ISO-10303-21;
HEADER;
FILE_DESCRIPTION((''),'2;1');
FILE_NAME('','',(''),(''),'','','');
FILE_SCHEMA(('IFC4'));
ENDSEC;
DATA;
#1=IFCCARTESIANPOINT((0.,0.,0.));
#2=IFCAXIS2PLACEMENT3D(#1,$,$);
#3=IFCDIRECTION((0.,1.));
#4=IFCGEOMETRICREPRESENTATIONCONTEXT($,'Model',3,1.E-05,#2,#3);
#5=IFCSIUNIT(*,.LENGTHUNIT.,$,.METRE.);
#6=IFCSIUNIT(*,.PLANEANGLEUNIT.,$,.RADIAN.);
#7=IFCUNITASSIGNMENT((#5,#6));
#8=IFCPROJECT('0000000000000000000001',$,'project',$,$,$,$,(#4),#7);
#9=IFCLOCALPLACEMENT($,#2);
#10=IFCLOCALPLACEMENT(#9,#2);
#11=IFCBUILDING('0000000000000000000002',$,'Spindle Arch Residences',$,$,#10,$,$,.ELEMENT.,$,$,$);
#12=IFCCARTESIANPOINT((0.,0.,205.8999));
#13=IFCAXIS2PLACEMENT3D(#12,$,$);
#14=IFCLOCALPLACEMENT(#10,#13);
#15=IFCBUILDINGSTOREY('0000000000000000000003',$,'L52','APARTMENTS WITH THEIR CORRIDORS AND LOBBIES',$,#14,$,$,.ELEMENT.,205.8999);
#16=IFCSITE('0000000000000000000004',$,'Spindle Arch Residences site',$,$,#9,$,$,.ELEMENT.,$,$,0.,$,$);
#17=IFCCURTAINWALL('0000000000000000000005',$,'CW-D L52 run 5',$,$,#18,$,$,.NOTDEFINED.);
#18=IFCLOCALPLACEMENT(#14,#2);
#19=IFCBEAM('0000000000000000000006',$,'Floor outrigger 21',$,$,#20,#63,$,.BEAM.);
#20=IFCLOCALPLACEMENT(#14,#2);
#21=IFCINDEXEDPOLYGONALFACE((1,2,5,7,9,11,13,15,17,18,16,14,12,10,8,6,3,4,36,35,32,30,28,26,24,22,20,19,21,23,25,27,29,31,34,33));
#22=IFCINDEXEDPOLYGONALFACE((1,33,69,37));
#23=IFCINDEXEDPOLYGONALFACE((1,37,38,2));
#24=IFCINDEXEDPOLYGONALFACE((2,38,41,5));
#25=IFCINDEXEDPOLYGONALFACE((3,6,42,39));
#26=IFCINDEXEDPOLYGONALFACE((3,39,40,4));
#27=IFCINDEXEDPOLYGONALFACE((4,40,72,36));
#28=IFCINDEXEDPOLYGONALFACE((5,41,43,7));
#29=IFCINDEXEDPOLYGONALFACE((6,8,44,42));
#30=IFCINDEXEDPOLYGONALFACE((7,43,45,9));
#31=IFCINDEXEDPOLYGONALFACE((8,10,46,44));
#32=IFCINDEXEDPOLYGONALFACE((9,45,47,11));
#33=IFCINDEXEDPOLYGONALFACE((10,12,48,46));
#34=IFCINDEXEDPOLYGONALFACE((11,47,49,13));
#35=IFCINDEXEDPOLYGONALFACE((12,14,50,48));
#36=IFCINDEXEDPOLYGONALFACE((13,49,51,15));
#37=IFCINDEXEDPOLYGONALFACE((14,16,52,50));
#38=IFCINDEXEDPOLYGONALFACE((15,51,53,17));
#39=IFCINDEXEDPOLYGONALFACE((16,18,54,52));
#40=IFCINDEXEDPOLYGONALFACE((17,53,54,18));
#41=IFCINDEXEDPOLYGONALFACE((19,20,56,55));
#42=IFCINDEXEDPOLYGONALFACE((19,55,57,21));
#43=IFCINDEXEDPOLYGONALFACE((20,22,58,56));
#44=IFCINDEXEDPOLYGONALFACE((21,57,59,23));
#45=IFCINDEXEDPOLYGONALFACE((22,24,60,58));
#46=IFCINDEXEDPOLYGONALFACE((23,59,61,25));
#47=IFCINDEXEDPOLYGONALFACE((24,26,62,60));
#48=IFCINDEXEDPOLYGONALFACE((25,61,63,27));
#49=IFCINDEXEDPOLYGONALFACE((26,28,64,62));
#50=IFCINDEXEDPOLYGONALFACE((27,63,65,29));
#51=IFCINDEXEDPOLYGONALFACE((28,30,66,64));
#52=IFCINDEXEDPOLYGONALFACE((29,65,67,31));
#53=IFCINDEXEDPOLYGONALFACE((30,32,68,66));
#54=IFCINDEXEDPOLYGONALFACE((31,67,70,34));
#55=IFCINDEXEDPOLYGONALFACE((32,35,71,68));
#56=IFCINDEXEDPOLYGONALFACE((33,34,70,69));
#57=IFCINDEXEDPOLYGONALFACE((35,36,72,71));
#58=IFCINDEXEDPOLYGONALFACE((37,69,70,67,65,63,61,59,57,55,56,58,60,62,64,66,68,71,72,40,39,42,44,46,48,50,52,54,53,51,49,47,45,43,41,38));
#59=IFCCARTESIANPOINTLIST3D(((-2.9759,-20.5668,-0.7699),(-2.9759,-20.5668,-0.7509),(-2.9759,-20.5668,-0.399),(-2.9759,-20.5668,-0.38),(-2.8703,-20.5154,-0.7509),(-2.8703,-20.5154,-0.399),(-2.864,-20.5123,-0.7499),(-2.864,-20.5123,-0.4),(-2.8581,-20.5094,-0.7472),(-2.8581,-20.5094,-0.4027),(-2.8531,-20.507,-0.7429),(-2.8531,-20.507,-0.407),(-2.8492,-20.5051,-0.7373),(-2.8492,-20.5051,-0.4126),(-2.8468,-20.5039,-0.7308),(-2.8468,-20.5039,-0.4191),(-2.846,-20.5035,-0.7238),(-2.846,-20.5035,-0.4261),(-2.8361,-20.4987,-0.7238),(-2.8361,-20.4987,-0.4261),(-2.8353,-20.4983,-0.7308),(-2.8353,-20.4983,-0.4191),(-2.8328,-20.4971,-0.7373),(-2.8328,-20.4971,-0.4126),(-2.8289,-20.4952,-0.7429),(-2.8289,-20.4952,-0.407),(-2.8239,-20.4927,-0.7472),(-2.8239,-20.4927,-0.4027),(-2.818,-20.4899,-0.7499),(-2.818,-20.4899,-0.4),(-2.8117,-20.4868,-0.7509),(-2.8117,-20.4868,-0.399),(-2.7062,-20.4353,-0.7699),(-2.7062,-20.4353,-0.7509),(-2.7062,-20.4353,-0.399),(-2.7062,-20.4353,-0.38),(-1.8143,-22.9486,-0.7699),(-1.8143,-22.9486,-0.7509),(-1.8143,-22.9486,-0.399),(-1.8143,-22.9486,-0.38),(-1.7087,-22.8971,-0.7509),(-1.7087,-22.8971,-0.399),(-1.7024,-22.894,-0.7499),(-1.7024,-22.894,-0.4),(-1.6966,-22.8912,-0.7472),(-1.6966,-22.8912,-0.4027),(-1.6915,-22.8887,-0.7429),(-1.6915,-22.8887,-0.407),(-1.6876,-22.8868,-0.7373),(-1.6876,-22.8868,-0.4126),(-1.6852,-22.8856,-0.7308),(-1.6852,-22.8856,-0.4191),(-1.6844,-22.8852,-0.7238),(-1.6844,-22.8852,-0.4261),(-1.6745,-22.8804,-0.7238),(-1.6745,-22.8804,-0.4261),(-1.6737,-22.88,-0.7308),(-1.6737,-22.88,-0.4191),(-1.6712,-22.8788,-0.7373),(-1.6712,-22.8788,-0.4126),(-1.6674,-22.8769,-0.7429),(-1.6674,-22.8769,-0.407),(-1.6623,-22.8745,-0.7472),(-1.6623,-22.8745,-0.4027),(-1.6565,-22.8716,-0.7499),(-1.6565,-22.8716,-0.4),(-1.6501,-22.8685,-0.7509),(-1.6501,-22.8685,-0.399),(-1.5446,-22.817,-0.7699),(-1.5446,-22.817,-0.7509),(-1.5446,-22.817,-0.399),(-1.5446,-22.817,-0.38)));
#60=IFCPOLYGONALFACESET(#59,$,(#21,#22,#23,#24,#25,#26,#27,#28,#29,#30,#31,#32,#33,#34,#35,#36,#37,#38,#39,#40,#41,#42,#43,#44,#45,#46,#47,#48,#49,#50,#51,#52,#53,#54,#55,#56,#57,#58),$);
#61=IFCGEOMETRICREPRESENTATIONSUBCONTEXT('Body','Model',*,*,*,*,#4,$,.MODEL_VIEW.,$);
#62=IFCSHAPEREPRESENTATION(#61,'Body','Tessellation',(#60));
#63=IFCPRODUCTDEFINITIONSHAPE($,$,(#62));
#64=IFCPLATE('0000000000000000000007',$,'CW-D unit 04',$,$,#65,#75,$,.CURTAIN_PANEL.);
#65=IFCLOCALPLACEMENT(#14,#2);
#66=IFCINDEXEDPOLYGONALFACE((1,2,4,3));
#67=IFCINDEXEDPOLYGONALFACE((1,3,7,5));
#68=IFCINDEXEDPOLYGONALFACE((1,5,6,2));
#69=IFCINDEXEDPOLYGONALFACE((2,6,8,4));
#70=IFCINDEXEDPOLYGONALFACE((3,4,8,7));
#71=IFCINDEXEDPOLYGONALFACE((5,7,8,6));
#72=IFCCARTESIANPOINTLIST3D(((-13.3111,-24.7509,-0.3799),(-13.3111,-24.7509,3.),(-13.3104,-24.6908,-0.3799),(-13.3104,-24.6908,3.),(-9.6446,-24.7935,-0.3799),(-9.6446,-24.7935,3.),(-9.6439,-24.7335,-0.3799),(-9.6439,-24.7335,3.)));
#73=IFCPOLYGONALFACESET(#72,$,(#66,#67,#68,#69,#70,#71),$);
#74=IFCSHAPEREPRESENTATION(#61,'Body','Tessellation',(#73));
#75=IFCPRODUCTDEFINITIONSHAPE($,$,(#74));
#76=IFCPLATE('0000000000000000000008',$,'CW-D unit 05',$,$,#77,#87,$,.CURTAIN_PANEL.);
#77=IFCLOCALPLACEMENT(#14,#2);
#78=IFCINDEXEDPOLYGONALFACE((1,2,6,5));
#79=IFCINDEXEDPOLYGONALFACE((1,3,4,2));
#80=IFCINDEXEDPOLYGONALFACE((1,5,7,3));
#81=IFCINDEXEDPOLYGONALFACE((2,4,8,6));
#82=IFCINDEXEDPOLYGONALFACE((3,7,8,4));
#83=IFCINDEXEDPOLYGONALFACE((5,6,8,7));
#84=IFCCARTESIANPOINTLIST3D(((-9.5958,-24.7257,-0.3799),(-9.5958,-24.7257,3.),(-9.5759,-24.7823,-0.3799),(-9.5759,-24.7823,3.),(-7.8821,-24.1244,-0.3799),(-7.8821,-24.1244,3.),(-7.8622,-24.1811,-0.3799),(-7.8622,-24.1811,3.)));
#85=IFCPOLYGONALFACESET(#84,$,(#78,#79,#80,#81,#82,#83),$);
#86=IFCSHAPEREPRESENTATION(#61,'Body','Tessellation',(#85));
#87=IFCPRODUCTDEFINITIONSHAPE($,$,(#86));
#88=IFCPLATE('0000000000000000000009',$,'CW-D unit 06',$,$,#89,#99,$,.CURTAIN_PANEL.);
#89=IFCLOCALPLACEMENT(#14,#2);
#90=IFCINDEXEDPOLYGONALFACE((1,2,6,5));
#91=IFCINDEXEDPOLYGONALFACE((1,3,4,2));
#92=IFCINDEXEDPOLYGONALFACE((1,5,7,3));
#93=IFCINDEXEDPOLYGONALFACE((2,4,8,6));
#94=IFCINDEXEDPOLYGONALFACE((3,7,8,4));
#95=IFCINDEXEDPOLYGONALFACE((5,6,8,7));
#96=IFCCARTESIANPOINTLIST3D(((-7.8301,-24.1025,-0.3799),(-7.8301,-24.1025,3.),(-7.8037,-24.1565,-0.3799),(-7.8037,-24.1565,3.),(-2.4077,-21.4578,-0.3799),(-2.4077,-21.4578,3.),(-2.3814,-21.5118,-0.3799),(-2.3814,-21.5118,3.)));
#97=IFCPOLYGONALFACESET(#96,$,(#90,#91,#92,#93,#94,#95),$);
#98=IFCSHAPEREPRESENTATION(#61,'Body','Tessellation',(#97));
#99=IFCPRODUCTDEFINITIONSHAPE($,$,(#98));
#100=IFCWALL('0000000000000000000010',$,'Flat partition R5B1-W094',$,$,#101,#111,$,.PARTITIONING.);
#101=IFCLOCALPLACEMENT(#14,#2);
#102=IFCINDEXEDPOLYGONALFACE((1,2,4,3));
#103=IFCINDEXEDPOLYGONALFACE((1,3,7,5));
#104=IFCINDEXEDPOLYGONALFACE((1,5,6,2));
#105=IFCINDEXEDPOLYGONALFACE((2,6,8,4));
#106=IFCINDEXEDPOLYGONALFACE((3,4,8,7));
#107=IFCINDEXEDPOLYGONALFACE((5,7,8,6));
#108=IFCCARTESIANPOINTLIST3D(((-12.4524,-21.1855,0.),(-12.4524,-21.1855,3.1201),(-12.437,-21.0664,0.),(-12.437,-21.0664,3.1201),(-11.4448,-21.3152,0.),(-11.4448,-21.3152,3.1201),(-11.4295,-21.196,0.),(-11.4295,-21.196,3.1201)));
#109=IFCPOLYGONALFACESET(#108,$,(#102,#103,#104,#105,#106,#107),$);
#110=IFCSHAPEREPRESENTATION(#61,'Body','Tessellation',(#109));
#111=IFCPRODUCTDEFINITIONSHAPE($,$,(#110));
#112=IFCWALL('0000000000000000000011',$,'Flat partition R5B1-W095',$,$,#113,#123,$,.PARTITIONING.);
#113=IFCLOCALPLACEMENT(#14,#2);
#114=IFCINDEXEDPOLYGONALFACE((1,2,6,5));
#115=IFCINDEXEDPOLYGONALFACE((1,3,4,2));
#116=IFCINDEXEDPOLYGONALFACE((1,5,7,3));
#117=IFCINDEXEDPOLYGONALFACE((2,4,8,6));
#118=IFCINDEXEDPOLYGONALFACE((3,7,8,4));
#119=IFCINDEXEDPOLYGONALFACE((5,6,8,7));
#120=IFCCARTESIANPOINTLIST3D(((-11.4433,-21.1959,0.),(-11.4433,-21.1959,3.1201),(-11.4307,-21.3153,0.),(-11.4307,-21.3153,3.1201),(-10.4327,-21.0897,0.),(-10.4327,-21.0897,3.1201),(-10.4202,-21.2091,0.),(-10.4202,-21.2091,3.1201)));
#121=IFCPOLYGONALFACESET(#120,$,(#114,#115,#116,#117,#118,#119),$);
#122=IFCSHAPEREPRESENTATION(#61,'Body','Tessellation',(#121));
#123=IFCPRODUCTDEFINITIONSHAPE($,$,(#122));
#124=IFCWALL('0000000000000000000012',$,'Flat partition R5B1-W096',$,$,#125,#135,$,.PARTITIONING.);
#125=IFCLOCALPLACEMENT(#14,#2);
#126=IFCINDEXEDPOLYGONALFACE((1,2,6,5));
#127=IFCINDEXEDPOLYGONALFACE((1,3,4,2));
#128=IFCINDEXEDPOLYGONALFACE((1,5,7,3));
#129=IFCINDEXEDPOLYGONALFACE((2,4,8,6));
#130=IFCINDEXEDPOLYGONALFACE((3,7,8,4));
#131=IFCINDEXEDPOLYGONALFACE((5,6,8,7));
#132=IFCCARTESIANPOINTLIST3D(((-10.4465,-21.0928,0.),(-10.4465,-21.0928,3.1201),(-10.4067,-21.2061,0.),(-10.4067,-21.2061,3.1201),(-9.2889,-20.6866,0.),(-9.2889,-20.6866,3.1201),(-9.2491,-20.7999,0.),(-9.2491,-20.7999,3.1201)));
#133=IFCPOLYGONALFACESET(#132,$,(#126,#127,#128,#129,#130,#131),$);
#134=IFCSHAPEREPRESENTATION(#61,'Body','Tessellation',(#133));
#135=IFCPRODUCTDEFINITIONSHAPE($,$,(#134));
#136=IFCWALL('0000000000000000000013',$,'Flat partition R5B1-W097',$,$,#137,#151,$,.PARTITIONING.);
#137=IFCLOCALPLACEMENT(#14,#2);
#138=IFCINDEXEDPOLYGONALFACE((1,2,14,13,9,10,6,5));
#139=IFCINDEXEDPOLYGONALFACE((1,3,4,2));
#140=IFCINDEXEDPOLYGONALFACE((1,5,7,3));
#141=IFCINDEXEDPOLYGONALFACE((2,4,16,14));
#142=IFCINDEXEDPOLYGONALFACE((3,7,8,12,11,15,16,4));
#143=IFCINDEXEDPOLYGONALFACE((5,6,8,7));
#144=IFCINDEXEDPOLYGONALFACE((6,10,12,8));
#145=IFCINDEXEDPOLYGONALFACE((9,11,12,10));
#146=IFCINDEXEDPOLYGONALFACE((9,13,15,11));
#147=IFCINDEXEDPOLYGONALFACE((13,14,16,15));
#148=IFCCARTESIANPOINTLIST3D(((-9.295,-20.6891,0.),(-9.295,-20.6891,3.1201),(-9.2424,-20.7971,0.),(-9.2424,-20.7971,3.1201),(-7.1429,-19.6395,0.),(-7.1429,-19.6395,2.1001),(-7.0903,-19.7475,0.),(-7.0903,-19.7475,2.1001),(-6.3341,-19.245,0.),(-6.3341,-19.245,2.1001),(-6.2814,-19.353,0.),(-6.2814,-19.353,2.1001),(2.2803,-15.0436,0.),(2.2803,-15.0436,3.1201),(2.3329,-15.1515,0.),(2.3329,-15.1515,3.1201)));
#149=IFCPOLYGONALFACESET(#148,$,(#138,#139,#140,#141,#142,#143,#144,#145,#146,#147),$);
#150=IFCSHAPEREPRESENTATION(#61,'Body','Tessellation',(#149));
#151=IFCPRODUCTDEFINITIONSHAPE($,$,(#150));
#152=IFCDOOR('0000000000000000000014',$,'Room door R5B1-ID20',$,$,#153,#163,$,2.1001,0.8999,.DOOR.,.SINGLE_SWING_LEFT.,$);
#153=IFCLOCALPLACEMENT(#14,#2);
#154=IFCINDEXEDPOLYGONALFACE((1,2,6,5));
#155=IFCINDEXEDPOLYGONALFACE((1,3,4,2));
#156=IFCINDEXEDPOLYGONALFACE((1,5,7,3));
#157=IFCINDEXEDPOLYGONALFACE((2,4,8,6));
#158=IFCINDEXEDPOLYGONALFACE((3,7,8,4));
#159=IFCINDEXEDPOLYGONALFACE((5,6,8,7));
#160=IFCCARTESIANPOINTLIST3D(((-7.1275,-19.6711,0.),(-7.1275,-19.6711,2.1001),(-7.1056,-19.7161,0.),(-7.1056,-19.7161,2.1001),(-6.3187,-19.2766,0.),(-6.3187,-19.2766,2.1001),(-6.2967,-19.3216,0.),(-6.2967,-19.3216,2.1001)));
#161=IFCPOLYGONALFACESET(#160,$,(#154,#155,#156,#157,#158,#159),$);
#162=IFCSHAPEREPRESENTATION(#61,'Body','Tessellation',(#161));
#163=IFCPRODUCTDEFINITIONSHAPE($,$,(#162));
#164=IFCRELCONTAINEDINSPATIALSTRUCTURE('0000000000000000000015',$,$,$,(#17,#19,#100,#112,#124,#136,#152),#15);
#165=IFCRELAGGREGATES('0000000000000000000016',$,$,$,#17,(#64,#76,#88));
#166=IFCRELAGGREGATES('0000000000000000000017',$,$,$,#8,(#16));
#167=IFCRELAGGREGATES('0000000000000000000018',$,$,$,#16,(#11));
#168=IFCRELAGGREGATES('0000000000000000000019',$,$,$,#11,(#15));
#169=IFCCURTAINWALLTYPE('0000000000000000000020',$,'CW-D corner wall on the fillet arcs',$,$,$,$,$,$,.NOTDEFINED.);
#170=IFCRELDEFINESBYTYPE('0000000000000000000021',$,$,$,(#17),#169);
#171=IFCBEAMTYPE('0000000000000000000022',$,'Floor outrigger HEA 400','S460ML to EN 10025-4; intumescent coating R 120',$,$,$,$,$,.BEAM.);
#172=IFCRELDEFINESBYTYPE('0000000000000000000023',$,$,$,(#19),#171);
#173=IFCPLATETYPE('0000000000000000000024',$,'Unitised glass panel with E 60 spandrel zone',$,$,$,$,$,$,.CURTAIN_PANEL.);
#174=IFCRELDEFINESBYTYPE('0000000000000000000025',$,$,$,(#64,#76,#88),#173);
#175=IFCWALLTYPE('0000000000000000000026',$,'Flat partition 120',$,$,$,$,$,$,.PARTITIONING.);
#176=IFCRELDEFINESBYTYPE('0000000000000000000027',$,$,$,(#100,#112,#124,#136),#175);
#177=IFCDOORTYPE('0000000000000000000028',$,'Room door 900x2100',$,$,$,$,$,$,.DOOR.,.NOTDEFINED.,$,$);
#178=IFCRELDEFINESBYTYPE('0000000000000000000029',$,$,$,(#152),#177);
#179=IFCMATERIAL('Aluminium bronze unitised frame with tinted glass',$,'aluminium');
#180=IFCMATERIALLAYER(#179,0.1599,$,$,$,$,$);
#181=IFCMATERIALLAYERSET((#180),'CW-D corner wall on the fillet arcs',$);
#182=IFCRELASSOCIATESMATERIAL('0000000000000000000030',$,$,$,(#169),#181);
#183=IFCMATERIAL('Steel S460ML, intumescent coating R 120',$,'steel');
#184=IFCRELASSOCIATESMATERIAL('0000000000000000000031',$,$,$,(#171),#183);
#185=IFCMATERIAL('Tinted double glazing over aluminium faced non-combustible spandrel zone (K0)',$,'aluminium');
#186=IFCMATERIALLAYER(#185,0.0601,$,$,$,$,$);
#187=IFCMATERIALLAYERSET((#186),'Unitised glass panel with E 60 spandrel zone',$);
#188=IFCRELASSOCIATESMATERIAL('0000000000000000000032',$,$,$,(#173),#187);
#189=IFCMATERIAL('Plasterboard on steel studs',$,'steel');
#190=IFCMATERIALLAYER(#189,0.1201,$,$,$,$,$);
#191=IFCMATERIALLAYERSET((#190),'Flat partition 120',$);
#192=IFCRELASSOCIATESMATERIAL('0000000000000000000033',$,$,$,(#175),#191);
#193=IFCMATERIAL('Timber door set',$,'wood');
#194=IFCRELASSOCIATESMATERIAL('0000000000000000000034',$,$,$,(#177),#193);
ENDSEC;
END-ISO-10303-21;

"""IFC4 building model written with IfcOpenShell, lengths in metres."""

from ifc_helpers import new_model, si_unit, direction, frame, frame_2d, origin, origin_2d, place, context, subcontext, project, spatial, rectangle, i_section, extrude, material, layer, layer_set, material_profile, profile_set, type_object, element, fill, aggregate, save


model = new_model("IFC4")

# Units and contexts
model_context = context("Model", 3, precision=1e-05, world=origin(), true_north=direction((0.0, 1.0)))
body_context = subcontext(model_context, "Body", "Model", "MODEL_VIEW")
ifc_project = project(units=[si_unit("LENGTHUNIT", "METRE"), si_unit("PLANEANGLEUNIT", "RADIAN")], contexts=[model_context])

# Site, building, storey
site_placement = place(None, origin())
site = spatial("IfcSite", under=ifc_project, at=site_placement, Name="Spindle Arch Residences site", CompositionType="ELEMENT", RefElevation=0.0)
building_placement = place(site_placement, origin())
building = spatial("IfcBuilding", under=site, at=building_placement, Name="Spindle Arch Residences", CompositionType="ELEMENT")
storey_placement = place(building_placement, frame((0.0, 0.0, 205.8999)))
storey = spatial("IfcBuildingStorey", under=building, at=storey_placement, Name="L52", Description="APARTMENTS WITH THEIR CORRIDORS AND LOBBIES", CompositionType="ELEMENT", Elevation=205.8999)

# Curtain wall
ifc_material_1 = material(Name="Aluminium bronze unitised frame with tinted glass", Category="aluminium")
ifc_layer_1 = layer(ifc_material_1, 0.1599)
ifc_layer_set_1 = layer_set([ifc_layer_1], Name="CW-D corner wall on the fillet arcs")
curtain_wall_type_1 = type_object("IfcCurtainWallType", Name="CW-D corner wall on the fillet arcs", PredefinedType="NOTDEFINED", material=ifc_layer_set_1)
curtain_wall_1_placement = place(storey_placement, origin())
curtain_wall_1 = element("IfcCurtainWall", 1, at=curtain_wall_1_placement, inside=storey, type_object=curtain_wall_type_1, Name="CW-D L52 run 5", PredefinedType="NOTDEFINED")

# Beam
ifc_material_2 = material(Name="Steel S460ML, intumescent coating R 120", Category="steel")
ifc_material_profile_1 = material_profile(ifc_material_2, i_section(OverallWidth=0.3, OverallDepth=0.3899, WebThickness=0.011, FlangeThickness=0.019, FilletRadius=0.0271, at=origin_2d()), Name="HEA 400")
ifc_profile_set_1 = profile_set([ifc_material_profile_1], Name="Steel S460ML, intumescent coating R 120")
beam_type_1 = type_object("IfcBeamType", Name="Floor outrigger HEA 400", Description="S460ML to EN 10025-4; intumescent coating R 120", PredefinedType="BEAM", material=ifc_profile_set_1)
beam_1_placement = place(storey_placement, frame((-1.6794, -22.8828, -0.575), z_axis=(-0.438347, 0.898806, 0.0), x_axis=(-0.898806, -0.438347, 0.0)))
element("IfcBeam", 2, at=beam_1_placement, inside=storey, type_object=beam_type_1, Name="Floor outrigger 21", PredefinedType="BEAM", context=body_context, shape_type="SweptSolid", body=[
    extrude(i_section(OverallWidth=0.3, OverallDepth=0.3899, WebThickness=0.011, FlangeThickness=0.019, FilletRadius=0.0271, at=origin_2d()), origin(), (0.0, 0.0, 1.0), 2.6499),
])

# Plates
ifc_material_3 = material(Name="Tinted double glazing over aluminium faced non-combustible spandrel zone (K0)", Category="aluminium")
ifc_layer_2 = layer(ifc_material_3, 0.0601)
ifc_layer_set_2 = layer_set([ifc_layer_2], Name="Unitised glass panel with E 60 spandrel zone")
plate_type = type_object("IfcPlateType", Name="Unitised glass panel with E 60 spandrel zone", PredefinedType="CURTAIN_PANEL", material=ifc_layer_set_2)
plate_1_placement = place(storey_placement, frame((-11.4775, -24.7422, -0.3799), z_axis=(0.0, 0.0, 1.0), x_axis=(0.999932, -0.011635, 0.0)))
plate_1 = element("IfcPlate", 3, at=plate_1_placement, type_object=plate_type, Name="CW-D unit 04", PredefinedType="CURTAIN_PANEL", context=body_context, shape_type="SweptSolid", body=[
    extrude(rectangle(XDim=3.6667, YDim=0.0601, at=origin_2d()), origin(), (0.0, 0.0, 1.0), 3.3799),
])
plate_2_placement = place(storey_placement, frame((-8.729, -24.4534, -0.3799), z_axis=(0.0, 0.0, 1.0), x_axis=(0.943609, 0.331063, 0.0)))
plate_2 = element("IfcPlate", 4, at=plate_2_placement, type_object=plate_type, Name="CW-D unit 05", PredefinedType="CURTAIN_PANEL", context=body_context, shape_type="SweptSolid", body=[
    extrude(rectangle(XDim=1.8162, YDim=0.0601, at=origin_2d()), origin(), (0.0, 0.0, 1.0), 3.3799),
])
plate_3_placement = place(storey_placement, frame((-5.1057, -22.8071, -0.3799), z_axis=(0.0, 0.0, 1.0), x_axis=(0.898794, 0.438371, 0.0)))
plate_3 = element("IfcPlate", 5, at=plate_3_placement, type_object=plate_type, Name="CW-D unit 06", PredefinedType="CURTAIN_PANEL", context=body_context, shape_type="SweptSolid", body=[
    extrude(rectangle(XDim=6.033, YDim=0.0601, at=origin_2d()), origin(), (0.0, 0.0, 1.0), 3.3799),
])
aggregate(curtain_wall_1, [plate_1, plate_2, plate_3])

# Walls
ifc_material_4 = material(Name="Plasterboard on steel studs", Category="steel")
ifc_layer_3 = layer(ifc_material_4, 0.1201)
ifc_layer_set_3 = layer_set([ifc_layer_3], Name="Flat partition 120")
wall_type = type_object("IfcWallType", Name="Flat partition 120", PredefinedType="PARTITIONING", material=ifc_layer_set_3)
wall_1_placement = place(storey_placement, frame((-12.4446, -21.126, 0.0), z_axis=(0.0, 0.0, 1.0), x_axis=(0.991824, -0.127613, 0.0)))
element("IfcWall", 6, at=wall_1_placement, inside=storey, type_object=wall_type, Name="Flat partition R5B1-W094", PredefinedType="PARTITIONING", context=body_context, shape_type="SweptSolid", body=[
    extrude(rectangle(XDim=1.0159, YDim=0.1201, at=frame_2d((0.5078, 0.0))), origin(), (0.0, 0.0, 1.0), 3.1201),
])
wall_2_placement = place(storey_placement, frame((-11.437, -21.2556, 0.0), z_axis=(0.0, 0.0, 1.0), x_axis=(0.994523, 0.104522, 0.0)))
element("IfcWall", 7, at=wall_2_placement, inside=storey, type_object=wall_type, Name="Flat partition R5B1-W095", PredefinedType="PARTITIONING", context=body_context, shape_type="SweptSolid", body=[
    extrude(rectangle(XDim=1.0161, YDim=0.1201, at=frame_2d((0.5081, 0.0))), origin(), (0.0, 0.0, 1.0), 3.1201),
])
wall_3_placement = place(storey_placement, frame((-10.4265, -21.1494, 0.0), z_axis=(0.0, 0.0, 1.0), x_axis=(0.943591, 0.331113, 0.0)))
element("IfcWall", 8, at=wall_3_placement, inside=storey, type_object=wall_type, Name="Flat partition R5B1-W096", PredefinedType="PARTITIONING", context=body_context, shape_type="SweptSolid", body=[
    extrude(rectangle(XDim=1.2268, YDim=0.1201, at=frame_2d((0.6133, 0.0))), origin(), (0.0, 0.0, 1.0), 3.1201),
])

# Wall, opening, door
wall_4_placement = place(storey_placement, frame((-9.2688, -20.7432, 0.0), z_axis=(0.0, 0.0, 1.0), x_axis=(0.898797, 0.438365, 0.0)))
wall_4 = element("IfcWall", 9, at=wall_4_placement, inside=storey, type_object=wall_type, Name="Flat partition R5B1-W097", PredefinedType="PARTITIONING", context=body_context, shape_type="SweptSolid", body=[
    extrude(rectangle(XDim=12.8787, YDim=0.1201, at=frame_2d((6.4395, 0.0))), origin(), (0.0, 0.0, 1.0), 3.1201),
])
opening_1_placement = place(wall_4_placement, frame((2.3945, 0.0, 0.0)))
opening_1 = element("IfcOpeningElement", 10, at=opening_1_placement, cuts=wall_4, PredefinedType="OPENING", context=body_context, shape_type="SweptSolid", body=[
    extrude(rectangle(XDim=0.8999, YDim=2.1001, at=frame_2d((0.45, 1.05))), frame((0.0, 0.0701, 0.0), z_axis=(0.0, -1.0, 0.0), x_axis=(1.0, 0.0, 0.0)), (0.0, 0.0, 1.0), 0.1401),
])
ifc_material_5 = material(Name="Timber door set", Category="wood")
door_type = type_object("IfcDoorType", Name="Room door 900x2100", OperationType="NOTDEFINED", PredefinedType="DOOR", material=ifc_material_5)
door_1_placement = place(opening_1_placement, origin())
door_1 = element("IfcDoor", 11, at=door_1_placement, inside=storey, type_object=door_type, Name="Room door R5B1-ID20", OperationType="SINGLE_SWING_LEFT", OverallHeight=2.1001, OverallWidth=0.8999, PredefinedType="DOOR", context=body_context, shape_type="SweptSolid", body=[
    extrude(rectangle(XDim=0.8999, YDim=2.1001, at=frame_2d((0.45, 1.05))), frame((0.0, 0.0249, 0.0), z_axis=(0.0, -1.0, 0.0), x_axis=(1.0, 0.0, 0.0)), (0.0, 0.0, 1.0), 0.05),
])
fill(opening_1, door_1)

save(model, "model.ifc")
